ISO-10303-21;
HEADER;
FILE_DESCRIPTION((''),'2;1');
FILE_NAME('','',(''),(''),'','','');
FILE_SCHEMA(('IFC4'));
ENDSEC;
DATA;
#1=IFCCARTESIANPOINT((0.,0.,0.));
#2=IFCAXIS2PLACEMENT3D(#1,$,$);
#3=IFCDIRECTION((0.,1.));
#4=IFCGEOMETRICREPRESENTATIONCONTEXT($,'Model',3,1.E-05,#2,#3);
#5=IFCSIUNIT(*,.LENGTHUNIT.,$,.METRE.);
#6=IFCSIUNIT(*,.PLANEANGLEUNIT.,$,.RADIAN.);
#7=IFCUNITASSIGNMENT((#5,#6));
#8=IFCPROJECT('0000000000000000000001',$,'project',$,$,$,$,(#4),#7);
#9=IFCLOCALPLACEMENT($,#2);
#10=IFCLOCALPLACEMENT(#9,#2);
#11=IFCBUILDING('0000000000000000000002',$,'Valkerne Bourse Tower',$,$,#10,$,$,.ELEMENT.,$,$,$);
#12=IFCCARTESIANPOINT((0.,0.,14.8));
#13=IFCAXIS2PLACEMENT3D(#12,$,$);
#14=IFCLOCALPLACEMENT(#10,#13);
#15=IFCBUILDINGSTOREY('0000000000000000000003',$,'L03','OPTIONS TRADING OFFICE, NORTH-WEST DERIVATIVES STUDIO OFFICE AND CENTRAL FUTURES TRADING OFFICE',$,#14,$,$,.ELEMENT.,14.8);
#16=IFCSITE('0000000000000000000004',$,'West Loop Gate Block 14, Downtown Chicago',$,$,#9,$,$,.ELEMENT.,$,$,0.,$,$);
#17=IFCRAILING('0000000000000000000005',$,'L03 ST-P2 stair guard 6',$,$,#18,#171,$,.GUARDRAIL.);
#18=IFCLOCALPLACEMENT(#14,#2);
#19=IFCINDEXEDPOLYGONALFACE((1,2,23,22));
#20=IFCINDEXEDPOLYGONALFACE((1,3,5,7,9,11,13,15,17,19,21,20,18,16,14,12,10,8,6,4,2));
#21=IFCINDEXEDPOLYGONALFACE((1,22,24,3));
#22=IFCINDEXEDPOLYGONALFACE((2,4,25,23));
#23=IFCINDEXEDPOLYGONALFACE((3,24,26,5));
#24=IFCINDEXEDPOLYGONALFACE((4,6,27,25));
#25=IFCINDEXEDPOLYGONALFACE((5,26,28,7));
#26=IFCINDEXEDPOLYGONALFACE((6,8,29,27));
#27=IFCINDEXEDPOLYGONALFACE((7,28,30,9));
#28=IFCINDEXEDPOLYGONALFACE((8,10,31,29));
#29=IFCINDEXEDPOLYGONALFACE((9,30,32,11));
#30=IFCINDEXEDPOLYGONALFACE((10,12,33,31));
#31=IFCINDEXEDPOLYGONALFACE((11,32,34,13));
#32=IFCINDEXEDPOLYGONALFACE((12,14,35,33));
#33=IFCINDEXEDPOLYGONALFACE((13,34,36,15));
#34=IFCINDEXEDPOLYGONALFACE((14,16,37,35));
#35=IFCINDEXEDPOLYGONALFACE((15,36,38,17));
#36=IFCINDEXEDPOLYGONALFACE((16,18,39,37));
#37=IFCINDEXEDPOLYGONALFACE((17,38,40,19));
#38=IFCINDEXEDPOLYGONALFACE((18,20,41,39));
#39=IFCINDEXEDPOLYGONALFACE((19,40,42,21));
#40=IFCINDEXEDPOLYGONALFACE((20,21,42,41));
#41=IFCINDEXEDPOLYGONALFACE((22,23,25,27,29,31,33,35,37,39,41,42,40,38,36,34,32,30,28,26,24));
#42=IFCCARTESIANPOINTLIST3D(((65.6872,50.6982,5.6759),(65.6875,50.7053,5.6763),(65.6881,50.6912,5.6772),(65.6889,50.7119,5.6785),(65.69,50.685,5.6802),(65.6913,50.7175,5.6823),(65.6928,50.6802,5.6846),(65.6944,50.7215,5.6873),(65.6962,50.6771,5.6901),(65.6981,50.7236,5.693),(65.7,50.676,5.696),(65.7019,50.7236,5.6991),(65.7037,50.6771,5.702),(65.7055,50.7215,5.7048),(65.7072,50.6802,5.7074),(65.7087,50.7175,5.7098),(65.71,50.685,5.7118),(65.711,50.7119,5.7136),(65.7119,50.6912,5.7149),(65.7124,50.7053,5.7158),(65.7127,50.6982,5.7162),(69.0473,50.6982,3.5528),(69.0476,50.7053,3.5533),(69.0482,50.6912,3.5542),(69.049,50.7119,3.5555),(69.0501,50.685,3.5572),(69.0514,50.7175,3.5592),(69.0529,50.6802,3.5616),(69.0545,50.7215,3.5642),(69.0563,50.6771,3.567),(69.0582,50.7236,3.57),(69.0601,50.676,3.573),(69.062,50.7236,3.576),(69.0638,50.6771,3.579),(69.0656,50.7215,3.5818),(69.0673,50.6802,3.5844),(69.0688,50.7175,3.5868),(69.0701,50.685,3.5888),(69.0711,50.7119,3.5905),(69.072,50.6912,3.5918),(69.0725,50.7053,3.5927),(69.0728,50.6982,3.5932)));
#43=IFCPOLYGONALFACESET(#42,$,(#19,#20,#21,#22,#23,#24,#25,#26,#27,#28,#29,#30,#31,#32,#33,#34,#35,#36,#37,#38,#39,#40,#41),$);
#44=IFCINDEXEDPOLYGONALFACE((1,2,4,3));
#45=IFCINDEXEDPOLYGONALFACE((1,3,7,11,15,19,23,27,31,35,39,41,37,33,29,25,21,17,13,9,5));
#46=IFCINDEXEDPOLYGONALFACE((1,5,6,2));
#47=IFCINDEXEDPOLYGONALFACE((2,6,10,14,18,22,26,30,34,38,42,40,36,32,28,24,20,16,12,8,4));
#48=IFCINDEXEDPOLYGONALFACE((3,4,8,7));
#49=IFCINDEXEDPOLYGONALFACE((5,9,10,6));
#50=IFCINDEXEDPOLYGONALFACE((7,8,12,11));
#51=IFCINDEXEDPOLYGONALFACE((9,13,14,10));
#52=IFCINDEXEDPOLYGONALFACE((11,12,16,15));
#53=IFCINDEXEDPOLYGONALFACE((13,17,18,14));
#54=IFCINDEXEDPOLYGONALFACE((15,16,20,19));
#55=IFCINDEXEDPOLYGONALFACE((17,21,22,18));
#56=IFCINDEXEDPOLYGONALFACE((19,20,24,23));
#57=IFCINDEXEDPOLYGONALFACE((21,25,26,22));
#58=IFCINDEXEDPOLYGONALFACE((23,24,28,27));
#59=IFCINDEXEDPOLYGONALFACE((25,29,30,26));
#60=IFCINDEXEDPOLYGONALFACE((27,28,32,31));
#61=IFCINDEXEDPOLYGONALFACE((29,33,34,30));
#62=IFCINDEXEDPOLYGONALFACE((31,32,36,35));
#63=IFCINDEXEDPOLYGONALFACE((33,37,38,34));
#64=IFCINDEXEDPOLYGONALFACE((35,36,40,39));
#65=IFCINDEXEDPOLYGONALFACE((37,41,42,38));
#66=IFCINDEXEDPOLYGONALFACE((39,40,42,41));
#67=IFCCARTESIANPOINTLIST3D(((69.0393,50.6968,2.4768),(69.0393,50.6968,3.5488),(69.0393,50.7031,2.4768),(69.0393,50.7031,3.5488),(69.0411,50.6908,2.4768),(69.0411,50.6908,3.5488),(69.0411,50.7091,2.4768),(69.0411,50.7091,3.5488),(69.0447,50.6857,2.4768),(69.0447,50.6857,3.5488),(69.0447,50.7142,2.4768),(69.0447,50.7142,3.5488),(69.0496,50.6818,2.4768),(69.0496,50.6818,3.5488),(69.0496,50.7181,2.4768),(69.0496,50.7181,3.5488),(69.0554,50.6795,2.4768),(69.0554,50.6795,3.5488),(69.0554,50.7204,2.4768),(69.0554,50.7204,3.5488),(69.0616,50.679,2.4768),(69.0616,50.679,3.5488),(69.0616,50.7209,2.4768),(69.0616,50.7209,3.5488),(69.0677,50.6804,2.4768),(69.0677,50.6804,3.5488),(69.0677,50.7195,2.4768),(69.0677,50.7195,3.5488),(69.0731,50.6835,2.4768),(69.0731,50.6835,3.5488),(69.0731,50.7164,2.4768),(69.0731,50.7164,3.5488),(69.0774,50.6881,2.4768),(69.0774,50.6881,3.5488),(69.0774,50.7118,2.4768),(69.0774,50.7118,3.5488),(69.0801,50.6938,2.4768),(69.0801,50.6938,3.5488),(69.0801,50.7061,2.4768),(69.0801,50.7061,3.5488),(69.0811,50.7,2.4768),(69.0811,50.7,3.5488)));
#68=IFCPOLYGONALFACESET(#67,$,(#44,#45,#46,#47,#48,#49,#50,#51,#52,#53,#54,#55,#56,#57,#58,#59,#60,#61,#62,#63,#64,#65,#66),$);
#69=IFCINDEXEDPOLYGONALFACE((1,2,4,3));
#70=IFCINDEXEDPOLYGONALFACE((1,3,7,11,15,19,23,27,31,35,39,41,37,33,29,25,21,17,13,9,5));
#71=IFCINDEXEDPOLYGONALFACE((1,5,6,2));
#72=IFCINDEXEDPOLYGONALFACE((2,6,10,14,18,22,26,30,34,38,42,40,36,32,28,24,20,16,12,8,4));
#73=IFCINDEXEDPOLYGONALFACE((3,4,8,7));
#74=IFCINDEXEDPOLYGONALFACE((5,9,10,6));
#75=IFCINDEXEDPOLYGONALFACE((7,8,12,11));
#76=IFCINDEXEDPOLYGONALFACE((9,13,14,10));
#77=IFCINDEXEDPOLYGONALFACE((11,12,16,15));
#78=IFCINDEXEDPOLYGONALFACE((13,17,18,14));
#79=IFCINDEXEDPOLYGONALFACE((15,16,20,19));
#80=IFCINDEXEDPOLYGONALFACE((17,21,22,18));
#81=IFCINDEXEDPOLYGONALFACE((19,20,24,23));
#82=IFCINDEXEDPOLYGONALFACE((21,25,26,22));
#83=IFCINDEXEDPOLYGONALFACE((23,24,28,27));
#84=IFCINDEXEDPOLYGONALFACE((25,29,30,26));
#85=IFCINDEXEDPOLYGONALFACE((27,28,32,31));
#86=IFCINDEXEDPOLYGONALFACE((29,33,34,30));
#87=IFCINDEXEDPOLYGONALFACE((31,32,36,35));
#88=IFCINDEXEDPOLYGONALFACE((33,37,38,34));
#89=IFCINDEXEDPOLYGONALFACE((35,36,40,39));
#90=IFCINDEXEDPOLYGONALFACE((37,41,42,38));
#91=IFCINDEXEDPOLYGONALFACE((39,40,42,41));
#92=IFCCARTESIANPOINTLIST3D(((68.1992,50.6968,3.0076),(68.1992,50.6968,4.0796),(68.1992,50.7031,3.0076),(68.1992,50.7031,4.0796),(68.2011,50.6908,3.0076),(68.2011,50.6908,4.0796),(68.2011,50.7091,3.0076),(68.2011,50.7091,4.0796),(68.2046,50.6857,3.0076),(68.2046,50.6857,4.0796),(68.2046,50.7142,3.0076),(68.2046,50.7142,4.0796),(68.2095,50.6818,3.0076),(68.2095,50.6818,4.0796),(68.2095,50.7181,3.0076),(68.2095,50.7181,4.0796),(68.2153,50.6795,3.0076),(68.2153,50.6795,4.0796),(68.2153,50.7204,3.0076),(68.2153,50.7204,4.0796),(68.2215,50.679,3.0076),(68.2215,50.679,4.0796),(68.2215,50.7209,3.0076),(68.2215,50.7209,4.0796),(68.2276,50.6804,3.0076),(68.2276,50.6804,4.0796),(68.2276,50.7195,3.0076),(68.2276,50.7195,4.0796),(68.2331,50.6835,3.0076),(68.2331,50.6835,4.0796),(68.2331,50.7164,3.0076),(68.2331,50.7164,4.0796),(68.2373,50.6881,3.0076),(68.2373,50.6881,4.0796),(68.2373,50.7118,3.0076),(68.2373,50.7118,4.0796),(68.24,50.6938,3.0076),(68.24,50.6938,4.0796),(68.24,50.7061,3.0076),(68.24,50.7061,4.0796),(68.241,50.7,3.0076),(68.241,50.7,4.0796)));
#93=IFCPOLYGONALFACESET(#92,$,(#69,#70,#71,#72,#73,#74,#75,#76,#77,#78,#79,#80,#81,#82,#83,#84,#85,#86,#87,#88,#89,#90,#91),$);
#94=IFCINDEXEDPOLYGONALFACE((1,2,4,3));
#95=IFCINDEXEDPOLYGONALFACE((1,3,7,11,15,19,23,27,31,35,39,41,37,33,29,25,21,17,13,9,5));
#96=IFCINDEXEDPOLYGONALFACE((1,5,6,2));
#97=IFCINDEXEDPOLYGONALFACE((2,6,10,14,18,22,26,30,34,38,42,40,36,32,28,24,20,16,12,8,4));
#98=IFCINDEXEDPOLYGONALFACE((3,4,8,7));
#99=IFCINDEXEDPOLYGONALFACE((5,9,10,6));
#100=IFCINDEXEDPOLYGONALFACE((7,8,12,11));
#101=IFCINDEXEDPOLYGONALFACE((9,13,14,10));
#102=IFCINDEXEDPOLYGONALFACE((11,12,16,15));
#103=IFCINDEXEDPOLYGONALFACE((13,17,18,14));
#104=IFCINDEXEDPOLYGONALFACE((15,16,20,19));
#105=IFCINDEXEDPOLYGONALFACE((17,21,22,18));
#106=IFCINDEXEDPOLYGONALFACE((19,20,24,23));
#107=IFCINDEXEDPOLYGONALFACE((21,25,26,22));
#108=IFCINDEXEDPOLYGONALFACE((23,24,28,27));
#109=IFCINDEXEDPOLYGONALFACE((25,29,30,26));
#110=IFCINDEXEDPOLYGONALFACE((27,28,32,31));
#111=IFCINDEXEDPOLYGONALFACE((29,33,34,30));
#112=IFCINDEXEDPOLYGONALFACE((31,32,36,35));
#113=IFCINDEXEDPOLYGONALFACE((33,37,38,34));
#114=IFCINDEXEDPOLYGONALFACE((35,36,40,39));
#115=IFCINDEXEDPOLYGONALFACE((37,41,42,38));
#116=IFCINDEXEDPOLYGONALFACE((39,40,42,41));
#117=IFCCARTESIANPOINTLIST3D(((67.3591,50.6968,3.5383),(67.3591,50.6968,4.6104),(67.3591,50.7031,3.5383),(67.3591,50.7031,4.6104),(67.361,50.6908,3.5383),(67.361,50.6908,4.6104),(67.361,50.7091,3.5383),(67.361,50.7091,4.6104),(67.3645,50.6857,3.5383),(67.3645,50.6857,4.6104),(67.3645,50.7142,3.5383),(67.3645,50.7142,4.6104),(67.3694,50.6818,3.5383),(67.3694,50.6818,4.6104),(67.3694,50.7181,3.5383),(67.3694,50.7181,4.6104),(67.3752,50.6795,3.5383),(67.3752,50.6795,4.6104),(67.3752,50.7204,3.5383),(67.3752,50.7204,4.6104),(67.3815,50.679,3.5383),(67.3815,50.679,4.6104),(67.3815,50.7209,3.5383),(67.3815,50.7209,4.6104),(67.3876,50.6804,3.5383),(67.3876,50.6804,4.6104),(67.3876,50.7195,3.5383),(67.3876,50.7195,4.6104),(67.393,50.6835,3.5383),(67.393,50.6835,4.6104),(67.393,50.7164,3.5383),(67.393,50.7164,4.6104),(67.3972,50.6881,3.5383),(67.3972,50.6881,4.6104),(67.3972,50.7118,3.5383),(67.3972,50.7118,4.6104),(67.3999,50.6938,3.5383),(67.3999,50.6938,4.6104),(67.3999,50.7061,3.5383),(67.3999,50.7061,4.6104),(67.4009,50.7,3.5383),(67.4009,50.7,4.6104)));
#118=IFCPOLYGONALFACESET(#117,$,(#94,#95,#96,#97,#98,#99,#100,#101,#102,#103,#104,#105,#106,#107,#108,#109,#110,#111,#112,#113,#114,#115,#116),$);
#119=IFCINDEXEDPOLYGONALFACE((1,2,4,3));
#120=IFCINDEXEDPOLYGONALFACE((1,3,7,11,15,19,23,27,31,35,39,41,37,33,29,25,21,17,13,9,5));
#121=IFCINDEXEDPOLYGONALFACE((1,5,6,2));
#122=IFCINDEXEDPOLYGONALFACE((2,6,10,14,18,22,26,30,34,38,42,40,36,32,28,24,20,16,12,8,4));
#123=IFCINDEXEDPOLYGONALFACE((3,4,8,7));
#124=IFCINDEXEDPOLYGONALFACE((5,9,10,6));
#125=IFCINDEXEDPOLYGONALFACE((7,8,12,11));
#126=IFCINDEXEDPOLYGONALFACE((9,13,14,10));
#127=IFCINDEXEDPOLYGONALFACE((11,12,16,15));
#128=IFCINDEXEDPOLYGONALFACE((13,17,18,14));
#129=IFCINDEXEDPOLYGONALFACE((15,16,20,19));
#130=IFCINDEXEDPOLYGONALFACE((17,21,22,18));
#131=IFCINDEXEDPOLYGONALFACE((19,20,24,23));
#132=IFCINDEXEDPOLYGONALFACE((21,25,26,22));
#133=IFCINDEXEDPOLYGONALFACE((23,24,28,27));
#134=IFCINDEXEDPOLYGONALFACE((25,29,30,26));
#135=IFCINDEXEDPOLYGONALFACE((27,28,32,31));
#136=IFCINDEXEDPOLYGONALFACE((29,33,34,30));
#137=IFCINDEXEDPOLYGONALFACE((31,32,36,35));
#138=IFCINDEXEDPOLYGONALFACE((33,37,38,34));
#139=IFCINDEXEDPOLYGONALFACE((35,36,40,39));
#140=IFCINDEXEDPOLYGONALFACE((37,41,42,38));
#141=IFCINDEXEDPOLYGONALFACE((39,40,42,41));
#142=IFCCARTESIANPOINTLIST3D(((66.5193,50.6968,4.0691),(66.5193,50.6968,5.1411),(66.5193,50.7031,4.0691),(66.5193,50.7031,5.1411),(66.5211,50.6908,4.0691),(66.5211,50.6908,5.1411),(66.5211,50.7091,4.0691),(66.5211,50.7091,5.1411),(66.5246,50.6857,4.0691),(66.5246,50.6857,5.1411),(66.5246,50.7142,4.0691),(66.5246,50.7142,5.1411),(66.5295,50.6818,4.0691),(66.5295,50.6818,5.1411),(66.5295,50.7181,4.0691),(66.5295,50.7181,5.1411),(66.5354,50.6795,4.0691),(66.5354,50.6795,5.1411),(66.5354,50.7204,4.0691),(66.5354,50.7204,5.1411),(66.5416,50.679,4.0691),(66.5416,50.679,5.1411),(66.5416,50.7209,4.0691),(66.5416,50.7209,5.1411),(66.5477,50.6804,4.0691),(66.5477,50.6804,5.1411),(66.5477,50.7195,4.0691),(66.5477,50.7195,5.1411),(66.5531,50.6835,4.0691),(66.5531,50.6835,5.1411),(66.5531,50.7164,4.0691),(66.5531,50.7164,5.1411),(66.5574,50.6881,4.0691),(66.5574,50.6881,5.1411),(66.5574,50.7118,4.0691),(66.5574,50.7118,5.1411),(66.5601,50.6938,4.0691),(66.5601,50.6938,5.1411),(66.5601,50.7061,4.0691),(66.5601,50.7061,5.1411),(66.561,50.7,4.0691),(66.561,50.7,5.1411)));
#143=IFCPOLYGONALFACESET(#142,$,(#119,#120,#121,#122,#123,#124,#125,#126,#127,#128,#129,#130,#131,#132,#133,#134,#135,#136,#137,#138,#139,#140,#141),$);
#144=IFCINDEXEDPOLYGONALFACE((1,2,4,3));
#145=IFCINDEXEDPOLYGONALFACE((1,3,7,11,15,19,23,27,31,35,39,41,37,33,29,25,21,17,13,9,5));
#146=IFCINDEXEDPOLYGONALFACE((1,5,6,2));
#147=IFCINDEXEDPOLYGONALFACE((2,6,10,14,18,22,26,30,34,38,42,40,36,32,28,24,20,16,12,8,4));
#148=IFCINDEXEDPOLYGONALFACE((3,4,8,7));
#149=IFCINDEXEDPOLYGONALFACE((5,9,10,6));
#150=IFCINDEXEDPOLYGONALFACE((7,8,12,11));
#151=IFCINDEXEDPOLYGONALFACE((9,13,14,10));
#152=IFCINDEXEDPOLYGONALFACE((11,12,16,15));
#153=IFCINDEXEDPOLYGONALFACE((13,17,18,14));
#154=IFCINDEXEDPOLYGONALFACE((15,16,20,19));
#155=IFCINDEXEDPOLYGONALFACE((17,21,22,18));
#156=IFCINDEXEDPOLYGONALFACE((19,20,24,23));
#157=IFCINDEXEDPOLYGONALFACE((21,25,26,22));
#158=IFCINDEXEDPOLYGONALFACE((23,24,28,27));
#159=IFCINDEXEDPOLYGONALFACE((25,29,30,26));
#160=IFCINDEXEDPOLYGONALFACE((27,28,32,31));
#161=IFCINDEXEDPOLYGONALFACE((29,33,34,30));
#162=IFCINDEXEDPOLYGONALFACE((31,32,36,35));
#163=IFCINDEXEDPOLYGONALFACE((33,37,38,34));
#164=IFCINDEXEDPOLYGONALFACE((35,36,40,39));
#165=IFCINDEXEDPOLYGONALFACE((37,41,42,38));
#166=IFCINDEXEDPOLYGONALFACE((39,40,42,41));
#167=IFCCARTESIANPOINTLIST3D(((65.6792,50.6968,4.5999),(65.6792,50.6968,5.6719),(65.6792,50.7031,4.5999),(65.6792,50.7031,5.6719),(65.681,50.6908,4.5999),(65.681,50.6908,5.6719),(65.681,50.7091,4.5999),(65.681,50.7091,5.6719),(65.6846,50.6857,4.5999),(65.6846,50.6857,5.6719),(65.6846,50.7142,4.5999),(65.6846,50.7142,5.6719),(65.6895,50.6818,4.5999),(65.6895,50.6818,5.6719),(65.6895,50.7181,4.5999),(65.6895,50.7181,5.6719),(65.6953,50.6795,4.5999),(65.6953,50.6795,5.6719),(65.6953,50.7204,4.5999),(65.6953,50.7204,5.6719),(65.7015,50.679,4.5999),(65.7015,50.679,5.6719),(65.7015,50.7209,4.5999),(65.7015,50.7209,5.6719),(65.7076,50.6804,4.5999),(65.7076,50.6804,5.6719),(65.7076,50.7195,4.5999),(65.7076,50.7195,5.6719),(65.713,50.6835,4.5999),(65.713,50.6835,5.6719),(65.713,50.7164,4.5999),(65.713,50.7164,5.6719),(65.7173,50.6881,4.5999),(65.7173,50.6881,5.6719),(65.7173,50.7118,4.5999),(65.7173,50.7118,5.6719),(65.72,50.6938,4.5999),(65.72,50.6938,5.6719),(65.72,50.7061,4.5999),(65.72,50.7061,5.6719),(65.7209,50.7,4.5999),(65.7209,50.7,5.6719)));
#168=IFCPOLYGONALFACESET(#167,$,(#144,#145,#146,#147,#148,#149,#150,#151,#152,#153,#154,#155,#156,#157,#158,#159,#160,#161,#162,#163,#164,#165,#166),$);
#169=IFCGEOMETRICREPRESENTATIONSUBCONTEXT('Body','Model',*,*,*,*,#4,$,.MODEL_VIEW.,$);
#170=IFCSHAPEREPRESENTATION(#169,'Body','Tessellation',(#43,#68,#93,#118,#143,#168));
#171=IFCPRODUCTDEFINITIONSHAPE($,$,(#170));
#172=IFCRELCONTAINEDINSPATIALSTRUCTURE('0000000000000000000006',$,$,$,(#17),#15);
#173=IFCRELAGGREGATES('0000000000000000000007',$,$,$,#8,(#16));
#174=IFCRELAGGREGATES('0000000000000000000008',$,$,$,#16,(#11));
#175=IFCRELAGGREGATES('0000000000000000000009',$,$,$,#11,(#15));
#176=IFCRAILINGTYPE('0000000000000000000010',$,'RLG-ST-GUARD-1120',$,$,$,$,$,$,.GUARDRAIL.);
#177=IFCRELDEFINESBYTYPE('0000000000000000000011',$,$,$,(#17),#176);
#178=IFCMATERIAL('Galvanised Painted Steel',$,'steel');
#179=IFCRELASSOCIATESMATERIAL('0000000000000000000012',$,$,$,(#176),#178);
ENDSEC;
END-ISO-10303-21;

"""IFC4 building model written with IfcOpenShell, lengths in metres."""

from ifc_helpers import new_model, si_unit, direction, frame, origin, origin_2d, place, context, subcontext, project, spatial, circle, extrude, material, type_object, element, save


model = new_model("IFC4")

# Units and contexts
model_context = context("Model", 3, precision=1e-05, world=origin(), true_north=direction((0.0, 1.0)))
body_context = subcontext(model_context, "Body", "Model", "MODEL_VIEW")
ifc_project = project(units=[si_unit("LENGTHUNIT", "METRE"), si_unit("PLANEANGLEUNIT", "RADIAN")], contexts=[model_context])

# Site, building, storey
site_placement = place(None, origin())
site = spatial("IfcSite", under=ifc_project, at=site_placement, Name="West Loop Gate Block 14, Downtown Chicago", CompositionType="ELEMENT", RefElevation=0.0)
building_placement = place(site_placement, origin())
building = spatial("IfcBuilding", under=site, at=building_placement, Name="Valkerne Bourse Tower", CompositionType="ELEMENT")
storey_placement = place(building_placement, frame((0.0, 0.0, 14.8)))
storey = spatial("IfcBuildingStorey", under=building, at=storey_placement, Name="L03", Description="OPTIONS TRADING OFFICE, NORTH-WEST DERIVATIVES STUDIO OFFICE AND CENTRAL FUTURES TRADING OFFICE", CompositionType="ELEMENT", Elevation=14.8)

# Railing
ifc_material_1 = material(Name="Galvanised Painted Steel", Category="steel")
railing_type_1 = type_object("IfcRailingType", Name="RLG-ST-GUARD-1120", PredefinedType="GUARDRAIL", material=ifc_material_1)
railing_1_placement = place(storey_placement, frame((69.0601, 50.7, 2.4768)))
element("IfcRailing", 1, at=railing_1_placement, inside=storey, type_object=railing_type_1, Name="L03 ST-P2 stair guard 6", PredefinedType="GUARDRAIL", context=body_context, shape_type="SweptSolid", body=[
    extrude(circle(Radius=0.0239, at=origin_2d()), frame((0.0, 0.0, 1.0962), z_axis=(-0.84539, 0.0, 0.53415), x_axis=(0.0, -1.0, 0.0)), (0.0, 0.0, 1.0), 3.9746),
    extrude(circle(Radius=0.021, at=origin_2d()), origin(), (0.0, 0.0, 1.0), 1.072),
    extrude(circle(Radius=0.021, at=origin_2d()), frame((-0.8401, 0.0, 0.5308)), (0.0, 0.0, 1.0), 1.072),
    extrude(circle(Radius=0.021, at=origin_2d()), frame((-1.6802, 0.0, 1.0615)), (0.0, 0.0, 1.0), 1.072),
    extrude(circle(Radius=0.021, at=origin_2d()), frame((-2.52, 0.0, 1.5923)), (0.0, 0.0, 1.0), 1.072),
    extrude(circle(Radius=0.021, at=origin_2d()), frame((-3.3601, 0.0, 2.123)), (0.0, 0.0, 1.0), 1.072),
])

save(model, "model.ifc")
